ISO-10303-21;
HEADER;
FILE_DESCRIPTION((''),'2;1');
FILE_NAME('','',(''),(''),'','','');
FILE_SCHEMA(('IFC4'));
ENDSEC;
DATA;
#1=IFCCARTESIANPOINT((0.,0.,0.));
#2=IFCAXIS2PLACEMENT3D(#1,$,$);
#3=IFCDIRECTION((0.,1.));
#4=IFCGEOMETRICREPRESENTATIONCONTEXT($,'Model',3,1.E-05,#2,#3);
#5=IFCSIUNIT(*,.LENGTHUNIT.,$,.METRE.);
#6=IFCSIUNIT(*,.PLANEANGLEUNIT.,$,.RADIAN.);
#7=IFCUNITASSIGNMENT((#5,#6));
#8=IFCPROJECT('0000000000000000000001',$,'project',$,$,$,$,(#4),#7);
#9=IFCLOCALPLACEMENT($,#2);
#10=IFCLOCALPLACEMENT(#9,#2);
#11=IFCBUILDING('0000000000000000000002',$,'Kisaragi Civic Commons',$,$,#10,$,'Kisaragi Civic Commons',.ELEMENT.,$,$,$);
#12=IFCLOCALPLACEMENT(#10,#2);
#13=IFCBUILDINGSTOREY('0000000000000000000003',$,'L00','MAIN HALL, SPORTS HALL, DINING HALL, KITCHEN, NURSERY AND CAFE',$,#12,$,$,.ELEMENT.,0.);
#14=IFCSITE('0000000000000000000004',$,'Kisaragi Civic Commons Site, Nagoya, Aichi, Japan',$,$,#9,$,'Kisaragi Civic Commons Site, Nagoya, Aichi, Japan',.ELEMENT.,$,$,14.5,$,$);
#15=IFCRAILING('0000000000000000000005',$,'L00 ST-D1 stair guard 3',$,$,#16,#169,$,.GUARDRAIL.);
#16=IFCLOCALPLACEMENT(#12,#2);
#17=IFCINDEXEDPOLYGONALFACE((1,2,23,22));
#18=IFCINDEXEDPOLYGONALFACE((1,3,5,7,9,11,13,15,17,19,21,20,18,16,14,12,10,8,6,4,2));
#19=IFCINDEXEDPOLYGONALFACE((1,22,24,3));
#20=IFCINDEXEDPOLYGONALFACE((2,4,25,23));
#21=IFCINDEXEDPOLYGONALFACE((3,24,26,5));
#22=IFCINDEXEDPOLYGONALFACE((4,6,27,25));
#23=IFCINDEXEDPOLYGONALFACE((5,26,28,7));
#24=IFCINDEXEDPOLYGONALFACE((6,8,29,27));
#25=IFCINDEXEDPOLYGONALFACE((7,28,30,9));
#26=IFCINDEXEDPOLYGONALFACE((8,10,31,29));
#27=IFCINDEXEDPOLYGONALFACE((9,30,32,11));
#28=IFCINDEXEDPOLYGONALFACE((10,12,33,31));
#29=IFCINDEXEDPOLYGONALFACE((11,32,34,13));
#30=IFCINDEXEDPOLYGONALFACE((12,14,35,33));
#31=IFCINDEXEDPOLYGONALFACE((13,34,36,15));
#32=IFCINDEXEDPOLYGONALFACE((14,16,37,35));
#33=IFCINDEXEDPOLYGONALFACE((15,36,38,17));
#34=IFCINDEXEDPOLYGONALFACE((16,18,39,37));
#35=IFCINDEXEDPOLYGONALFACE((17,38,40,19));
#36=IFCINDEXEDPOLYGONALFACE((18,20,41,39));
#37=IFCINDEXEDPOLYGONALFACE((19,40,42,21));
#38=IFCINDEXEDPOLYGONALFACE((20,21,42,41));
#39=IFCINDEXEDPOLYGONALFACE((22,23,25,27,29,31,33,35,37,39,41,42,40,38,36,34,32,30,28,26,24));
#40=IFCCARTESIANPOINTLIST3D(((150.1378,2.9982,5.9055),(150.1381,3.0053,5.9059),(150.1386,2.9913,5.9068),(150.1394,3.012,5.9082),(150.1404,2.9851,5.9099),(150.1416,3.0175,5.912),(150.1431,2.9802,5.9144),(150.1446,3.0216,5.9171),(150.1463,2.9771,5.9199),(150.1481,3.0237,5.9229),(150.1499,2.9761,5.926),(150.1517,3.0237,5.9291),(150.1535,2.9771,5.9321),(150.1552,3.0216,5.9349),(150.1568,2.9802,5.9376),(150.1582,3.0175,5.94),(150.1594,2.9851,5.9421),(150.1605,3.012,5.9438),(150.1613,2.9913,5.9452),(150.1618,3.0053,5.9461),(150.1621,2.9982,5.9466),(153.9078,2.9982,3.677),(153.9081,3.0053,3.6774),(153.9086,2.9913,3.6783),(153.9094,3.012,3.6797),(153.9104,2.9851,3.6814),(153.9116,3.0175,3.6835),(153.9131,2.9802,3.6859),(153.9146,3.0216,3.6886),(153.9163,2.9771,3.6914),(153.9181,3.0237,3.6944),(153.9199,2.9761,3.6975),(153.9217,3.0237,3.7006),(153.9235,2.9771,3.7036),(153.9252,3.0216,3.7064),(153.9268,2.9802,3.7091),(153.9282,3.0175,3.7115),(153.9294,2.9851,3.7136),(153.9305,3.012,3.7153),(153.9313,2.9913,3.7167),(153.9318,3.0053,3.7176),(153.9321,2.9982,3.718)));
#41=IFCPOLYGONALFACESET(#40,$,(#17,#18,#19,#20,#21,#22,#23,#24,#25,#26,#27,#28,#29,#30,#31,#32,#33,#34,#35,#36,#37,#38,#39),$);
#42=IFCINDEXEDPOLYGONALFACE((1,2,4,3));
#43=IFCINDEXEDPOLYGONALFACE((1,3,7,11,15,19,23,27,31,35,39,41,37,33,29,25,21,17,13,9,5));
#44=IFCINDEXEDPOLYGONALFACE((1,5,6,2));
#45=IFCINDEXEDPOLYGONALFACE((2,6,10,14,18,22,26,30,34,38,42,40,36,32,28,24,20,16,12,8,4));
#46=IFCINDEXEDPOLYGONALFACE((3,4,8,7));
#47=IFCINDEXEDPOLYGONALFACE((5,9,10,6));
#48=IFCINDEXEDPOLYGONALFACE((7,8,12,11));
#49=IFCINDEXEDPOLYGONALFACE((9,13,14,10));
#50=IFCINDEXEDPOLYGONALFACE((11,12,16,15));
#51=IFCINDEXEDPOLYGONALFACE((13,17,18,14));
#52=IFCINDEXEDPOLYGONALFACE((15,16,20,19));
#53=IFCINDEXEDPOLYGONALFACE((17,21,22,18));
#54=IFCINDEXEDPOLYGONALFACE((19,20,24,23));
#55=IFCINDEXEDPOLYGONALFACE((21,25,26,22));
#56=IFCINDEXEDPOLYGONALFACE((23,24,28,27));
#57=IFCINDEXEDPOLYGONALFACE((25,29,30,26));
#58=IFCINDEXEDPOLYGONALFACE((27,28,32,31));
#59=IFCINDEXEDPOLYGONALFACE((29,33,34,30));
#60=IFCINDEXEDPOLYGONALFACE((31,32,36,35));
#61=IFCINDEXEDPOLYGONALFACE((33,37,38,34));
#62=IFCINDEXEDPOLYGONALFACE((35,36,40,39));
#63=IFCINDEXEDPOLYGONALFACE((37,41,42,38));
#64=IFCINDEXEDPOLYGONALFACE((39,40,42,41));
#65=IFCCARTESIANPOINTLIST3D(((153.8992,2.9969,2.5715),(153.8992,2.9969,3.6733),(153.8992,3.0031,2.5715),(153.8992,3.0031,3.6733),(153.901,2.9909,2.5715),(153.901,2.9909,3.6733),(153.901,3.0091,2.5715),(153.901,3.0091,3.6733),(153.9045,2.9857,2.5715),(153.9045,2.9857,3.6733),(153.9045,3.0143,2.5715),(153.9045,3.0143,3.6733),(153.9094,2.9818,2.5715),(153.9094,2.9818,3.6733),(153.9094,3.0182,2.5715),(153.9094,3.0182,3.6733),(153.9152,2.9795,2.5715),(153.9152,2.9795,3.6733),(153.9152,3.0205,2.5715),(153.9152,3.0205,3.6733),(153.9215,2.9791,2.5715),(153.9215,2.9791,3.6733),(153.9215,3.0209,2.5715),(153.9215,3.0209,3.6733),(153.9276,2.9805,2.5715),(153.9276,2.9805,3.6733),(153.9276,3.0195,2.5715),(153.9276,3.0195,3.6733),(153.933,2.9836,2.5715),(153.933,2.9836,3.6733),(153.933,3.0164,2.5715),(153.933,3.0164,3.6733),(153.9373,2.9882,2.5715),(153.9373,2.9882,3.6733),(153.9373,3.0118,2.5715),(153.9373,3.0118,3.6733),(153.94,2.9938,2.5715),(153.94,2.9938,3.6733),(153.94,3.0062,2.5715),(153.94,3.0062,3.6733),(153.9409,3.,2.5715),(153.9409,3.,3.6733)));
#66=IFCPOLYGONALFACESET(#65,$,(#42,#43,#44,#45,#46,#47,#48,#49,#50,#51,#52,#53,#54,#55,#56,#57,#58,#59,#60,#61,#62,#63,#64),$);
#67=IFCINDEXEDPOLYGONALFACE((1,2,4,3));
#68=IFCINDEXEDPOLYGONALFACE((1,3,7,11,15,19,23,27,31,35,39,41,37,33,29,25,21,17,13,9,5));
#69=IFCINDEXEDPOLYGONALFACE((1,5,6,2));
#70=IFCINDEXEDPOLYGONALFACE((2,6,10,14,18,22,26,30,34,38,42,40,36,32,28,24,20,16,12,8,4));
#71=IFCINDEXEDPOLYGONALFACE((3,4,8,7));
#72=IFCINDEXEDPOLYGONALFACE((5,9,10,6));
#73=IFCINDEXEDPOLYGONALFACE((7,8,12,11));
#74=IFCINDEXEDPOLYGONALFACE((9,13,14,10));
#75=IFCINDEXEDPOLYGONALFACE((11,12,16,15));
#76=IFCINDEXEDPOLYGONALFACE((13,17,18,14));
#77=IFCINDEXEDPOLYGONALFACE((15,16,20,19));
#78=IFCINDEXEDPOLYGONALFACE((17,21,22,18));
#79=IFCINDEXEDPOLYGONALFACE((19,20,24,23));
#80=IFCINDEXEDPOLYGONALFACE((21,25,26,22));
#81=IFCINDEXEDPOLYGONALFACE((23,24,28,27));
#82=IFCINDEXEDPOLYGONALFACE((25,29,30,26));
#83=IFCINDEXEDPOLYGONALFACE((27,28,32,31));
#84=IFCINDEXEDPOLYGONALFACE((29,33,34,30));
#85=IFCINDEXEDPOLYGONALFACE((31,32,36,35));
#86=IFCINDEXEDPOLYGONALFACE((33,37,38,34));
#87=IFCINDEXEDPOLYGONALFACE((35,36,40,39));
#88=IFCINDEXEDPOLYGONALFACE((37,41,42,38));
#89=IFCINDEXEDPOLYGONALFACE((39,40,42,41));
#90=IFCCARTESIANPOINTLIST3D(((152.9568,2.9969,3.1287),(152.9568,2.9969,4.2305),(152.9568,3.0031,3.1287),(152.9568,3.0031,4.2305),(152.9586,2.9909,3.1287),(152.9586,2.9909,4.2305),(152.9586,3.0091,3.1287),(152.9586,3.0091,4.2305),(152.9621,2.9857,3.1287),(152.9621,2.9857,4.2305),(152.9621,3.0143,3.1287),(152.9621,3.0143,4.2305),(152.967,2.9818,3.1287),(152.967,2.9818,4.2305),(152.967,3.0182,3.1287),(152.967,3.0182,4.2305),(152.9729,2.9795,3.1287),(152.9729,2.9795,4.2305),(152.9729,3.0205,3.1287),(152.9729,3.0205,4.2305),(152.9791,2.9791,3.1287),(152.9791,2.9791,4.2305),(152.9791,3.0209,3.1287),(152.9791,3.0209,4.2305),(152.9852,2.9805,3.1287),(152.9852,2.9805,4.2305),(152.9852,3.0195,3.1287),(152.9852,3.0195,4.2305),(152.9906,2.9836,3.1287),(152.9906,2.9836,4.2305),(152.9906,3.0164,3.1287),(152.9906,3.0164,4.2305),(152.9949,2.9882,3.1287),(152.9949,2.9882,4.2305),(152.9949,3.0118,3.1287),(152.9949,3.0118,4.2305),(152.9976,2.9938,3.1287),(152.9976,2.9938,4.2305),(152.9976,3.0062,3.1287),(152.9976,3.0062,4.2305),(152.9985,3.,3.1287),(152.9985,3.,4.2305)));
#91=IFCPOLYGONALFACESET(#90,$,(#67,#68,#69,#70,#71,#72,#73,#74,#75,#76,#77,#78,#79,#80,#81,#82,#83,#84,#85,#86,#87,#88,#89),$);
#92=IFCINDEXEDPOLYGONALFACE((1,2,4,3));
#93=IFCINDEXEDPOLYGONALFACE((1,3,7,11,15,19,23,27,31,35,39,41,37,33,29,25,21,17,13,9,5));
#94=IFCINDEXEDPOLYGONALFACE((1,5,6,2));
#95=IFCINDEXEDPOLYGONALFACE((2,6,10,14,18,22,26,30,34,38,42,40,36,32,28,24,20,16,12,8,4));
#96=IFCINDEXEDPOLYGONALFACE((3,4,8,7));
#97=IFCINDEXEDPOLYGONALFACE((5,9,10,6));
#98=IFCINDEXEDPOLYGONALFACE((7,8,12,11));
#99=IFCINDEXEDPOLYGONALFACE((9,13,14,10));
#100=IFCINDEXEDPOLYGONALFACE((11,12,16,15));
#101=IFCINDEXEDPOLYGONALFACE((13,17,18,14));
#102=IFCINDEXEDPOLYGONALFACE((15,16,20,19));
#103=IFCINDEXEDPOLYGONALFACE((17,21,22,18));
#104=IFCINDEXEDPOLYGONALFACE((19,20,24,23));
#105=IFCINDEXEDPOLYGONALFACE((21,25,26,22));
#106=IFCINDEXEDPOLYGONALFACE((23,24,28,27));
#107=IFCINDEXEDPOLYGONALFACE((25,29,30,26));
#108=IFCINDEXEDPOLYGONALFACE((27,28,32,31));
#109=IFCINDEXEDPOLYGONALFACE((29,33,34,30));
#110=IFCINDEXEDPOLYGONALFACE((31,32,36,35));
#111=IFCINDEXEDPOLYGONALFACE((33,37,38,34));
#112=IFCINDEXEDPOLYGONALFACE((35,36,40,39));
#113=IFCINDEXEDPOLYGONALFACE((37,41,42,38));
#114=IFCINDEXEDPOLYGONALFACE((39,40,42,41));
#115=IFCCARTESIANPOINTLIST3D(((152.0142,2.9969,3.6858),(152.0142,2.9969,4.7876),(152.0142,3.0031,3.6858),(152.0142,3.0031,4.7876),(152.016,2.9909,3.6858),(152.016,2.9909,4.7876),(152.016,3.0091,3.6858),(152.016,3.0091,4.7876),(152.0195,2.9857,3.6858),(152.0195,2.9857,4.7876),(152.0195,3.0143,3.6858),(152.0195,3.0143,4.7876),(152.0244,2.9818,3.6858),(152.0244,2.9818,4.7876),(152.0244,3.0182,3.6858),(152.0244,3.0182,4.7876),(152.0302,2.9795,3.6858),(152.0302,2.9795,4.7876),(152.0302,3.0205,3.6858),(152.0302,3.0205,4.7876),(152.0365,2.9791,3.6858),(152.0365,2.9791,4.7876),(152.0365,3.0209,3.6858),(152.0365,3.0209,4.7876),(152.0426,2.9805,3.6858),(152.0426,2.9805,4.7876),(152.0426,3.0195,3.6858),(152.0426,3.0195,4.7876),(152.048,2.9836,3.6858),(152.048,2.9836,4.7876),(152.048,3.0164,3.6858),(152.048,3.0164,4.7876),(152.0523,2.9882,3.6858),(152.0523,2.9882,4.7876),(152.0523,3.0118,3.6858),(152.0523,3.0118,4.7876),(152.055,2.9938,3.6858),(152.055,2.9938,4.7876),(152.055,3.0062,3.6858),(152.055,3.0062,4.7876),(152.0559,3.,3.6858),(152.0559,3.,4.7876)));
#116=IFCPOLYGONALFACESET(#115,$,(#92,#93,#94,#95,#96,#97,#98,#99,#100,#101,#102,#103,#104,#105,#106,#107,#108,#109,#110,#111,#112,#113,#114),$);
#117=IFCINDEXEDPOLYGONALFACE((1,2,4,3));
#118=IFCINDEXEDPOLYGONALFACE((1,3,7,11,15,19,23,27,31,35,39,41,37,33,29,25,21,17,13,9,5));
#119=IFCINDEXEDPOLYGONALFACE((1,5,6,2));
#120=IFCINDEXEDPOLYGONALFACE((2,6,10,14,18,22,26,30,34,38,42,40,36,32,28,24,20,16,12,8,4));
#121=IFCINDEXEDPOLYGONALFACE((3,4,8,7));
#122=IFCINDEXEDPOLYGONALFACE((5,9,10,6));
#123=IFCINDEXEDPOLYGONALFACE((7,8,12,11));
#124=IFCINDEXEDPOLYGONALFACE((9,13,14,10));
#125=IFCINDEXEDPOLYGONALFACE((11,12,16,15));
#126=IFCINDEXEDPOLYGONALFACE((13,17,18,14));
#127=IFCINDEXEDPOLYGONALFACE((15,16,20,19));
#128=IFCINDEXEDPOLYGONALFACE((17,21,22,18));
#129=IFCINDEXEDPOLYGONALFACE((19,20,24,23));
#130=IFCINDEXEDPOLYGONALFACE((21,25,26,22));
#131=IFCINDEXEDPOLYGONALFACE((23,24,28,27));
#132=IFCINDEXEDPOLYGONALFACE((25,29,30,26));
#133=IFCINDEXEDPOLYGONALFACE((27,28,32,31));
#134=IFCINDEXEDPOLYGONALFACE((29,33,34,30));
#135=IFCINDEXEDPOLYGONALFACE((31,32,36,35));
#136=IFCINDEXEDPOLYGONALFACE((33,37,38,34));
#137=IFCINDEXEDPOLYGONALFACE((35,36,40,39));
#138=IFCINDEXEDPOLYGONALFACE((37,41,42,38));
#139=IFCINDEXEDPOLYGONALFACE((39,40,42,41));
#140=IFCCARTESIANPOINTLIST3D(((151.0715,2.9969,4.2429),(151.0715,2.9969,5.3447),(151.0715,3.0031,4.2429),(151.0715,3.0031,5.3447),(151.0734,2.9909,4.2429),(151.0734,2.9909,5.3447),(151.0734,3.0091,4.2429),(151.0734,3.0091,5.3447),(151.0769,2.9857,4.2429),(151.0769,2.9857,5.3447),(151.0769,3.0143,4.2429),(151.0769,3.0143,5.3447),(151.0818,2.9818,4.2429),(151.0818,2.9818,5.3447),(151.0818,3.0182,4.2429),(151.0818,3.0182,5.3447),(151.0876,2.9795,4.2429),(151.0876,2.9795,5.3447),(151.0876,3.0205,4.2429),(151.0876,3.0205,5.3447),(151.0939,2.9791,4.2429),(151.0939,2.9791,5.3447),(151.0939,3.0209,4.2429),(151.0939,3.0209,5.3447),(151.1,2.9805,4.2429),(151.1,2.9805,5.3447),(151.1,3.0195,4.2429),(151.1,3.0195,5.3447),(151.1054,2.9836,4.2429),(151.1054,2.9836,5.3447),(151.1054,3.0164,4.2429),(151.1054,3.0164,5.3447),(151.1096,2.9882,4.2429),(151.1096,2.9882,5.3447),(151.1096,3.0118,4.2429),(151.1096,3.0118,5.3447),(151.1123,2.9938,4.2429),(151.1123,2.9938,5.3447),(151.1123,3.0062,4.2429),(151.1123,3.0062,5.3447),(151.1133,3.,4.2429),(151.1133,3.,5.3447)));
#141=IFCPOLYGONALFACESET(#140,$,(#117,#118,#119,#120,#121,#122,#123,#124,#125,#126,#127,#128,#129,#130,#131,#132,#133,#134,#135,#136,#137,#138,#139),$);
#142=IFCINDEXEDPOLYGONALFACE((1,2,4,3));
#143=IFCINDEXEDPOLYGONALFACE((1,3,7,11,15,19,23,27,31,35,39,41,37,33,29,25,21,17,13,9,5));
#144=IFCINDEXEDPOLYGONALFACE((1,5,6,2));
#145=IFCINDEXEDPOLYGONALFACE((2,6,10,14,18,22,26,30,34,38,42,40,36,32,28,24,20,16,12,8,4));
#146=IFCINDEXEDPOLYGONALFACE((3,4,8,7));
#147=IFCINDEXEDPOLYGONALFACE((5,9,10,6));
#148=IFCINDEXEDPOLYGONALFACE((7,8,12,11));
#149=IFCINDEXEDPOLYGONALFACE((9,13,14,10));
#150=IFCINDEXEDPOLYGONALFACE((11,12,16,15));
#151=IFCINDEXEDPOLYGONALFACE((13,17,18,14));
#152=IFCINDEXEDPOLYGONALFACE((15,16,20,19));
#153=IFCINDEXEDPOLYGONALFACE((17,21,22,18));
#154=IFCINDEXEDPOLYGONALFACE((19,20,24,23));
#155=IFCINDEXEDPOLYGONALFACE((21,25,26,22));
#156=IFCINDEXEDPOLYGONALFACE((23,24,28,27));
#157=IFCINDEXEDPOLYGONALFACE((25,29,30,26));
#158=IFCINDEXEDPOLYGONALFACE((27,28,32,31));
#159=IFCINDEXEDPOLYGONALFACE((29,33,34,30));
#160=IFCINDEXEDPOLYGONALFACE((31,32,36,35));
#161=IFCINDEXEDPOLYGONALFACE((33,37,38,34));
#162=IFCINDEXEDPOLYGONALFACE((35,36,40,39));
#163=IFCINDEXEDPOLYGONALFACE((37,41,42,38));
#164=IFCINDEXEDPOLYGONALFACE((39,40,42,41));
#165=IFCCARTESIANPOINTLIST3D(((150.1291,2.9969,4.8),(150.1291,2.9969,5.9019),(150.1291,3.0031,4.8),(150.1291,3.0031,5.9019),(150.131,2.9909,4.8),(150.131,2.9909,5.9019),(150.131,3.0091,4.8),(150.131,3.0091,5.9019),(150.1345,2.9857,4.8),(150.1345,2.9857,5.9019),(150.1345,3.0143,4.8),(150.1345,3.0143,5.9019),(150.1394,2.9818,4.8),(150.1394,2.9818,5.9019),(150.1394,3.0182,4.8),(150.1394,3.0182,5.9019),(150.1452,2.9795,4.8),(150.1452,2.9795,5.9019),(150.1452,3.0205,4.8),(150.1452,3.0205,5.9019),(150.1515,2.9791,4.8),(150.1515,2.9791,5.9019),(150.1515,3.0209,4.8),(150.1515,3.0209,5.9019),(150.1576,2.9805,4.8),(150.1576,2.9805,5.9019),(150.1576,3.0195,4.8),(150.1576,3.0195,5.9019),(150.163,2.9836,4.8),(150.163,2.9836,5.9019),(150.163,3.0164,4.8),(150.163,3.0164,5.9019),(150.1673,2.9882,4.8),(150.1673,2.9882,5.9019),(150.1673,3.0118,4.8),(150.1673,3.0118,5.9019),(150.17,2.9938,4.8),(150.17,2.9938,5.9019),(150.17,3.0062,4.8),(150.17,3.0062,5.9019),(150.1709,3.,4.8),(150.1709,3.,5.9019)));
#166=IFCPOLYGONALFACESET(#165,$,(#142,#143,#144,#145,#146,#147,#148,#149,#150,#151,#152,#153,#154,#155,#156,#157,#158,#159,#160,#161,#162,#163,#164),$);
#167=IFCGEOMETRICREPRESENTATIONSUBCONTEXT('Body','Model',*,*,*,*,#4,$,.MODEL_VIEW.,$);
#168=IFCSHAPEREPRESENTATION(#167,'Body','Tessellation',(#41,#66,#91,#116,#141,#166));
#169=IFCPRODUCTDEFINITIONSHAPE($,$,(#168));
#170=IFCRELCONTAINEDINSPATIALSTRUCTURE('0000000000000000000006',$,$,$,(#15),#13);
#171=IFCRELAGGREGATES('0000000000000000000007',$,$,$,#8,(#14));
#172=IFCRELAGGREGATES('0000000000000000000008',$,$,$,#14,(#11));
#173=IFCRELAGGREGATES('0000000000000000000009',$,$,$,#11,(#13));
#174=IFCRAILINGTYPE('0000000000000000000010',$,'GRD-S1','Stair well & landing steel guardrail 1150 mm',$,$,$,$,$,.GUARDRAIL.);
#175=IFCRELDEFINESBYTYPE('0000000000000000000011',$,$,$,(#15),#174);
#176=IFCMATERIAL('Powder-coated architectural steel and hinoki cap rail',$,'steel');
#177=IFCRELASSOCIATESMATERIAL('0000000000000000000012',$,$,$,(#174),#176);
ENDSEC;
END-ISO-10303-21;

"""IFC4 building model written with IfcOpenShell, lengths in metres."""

from ifc_helpers import new_model, si_unit, direction, frame, origin, origin_2d, place, context, subcontext, project, spatial, circle, extrude, material, type_object, element, save


model = new_model("IFC4")

# Units and contexts
model_context = context("Model", 3, precision=1e-05, world=origin(), true_north=direction((0.0, 1.0)))
body_context = subcontext(model_context, "Body", "Model", "MODEL_VIEW")
ifc_project = project(units=[si_unit("LENGTHUNIT", "METRE"), si_unit("PLANEANGLEUNIT", "RADIAN")], contexts=[model_context])

# Site, building, storey
site_placement = place(None, origin())
site = spatial("IfcSite", under=ifc_project, at=site_placement, Name="Kisaragi Civic Commons Site, Nagoya, Aichi, Japan", LongName="Kisaragi Civic Commons Site, Nagoya, Aichi, Japan", CompositionType="ELEMENT", RefElevation=14.5)
building_placement = place(site_placement, origin())
building = spatial("IfcBuilding", under=site, at=building_placement, Name="Kisaragi Civic Commons", LongName="Kisaragi Civic Commons", CompositionType="ELEMENT")
storey_placement = place(building_placement, origin())
storey = spatial("IfcBuildingStorey", under=building, at=storey_placement, Name="L00", Description="MAIN HALL, SPORTS HALL, DINING HALL, KITCHEN, NURSERY AND CAFE", CompositionType="ELEMENT", Elevation=0.0)

# Railing
ifc_material_1 = material(Name="Powder-coated architectural steel and hinoki cap rail", Category="steel")
railing_type_1 = type_object("IfcRailingType", Name="GRD-S1", Description="Stair well & landing steel guardrail 1150 mm", PredefinedType="GUARDRAIL", material=ifc_material_1)
railing_1_placement = place(storey_placement, frame((153.9199, 3.0, 2.5715)))
element("IfcRailing", 1, at=railing_1_placement, inside=storey, type_object=railing_type_1, Name="L00 ST-D1 stair guard 3", PredefinedType="GUARDRAIL", context=body_context, shape_type="SweptSolid", body=[
    extrude(circle(Radius=0.0239, at=origin_2d()), frame((0.0, 0.0, 1.126), z_axis=(-0.860849, 0.0, 0.508861), x_axis=(0.0, -1.0, 0.0)), (0.0, 0.0, 1.0), 4.3794),
    extrude(circle(Radius=0.021, at=origin_2d()), origin(), (0.0, 0.0, 1.0), 1.1018),
    extrude(circle(Radius=0.021, at=origin_2d()), frame((-0.9424, 0.0, 0.5571)), (0.0, 0.0, 1.0), 1.1018),
    extrude(circle(Radius=0.021, at=origin_2d()), frame((-1.885, 0.0, 1.1143)), (0.0, 0.0, 1.0), 1.1018),
    extrude(circle(Radius=0.021, at=origin_2d()), frame((-2.8276, 0.0, 1.6714)), (0.0, 0.0, 1.0), 1.1018),
    extrude(circle(Radius=0.021, at=origin_2d()), frame((-3.77, 0.0, 2.2285)), (0.0, 0.0, 1.0), 1.1018),
])

save(model, "model.ifc")
